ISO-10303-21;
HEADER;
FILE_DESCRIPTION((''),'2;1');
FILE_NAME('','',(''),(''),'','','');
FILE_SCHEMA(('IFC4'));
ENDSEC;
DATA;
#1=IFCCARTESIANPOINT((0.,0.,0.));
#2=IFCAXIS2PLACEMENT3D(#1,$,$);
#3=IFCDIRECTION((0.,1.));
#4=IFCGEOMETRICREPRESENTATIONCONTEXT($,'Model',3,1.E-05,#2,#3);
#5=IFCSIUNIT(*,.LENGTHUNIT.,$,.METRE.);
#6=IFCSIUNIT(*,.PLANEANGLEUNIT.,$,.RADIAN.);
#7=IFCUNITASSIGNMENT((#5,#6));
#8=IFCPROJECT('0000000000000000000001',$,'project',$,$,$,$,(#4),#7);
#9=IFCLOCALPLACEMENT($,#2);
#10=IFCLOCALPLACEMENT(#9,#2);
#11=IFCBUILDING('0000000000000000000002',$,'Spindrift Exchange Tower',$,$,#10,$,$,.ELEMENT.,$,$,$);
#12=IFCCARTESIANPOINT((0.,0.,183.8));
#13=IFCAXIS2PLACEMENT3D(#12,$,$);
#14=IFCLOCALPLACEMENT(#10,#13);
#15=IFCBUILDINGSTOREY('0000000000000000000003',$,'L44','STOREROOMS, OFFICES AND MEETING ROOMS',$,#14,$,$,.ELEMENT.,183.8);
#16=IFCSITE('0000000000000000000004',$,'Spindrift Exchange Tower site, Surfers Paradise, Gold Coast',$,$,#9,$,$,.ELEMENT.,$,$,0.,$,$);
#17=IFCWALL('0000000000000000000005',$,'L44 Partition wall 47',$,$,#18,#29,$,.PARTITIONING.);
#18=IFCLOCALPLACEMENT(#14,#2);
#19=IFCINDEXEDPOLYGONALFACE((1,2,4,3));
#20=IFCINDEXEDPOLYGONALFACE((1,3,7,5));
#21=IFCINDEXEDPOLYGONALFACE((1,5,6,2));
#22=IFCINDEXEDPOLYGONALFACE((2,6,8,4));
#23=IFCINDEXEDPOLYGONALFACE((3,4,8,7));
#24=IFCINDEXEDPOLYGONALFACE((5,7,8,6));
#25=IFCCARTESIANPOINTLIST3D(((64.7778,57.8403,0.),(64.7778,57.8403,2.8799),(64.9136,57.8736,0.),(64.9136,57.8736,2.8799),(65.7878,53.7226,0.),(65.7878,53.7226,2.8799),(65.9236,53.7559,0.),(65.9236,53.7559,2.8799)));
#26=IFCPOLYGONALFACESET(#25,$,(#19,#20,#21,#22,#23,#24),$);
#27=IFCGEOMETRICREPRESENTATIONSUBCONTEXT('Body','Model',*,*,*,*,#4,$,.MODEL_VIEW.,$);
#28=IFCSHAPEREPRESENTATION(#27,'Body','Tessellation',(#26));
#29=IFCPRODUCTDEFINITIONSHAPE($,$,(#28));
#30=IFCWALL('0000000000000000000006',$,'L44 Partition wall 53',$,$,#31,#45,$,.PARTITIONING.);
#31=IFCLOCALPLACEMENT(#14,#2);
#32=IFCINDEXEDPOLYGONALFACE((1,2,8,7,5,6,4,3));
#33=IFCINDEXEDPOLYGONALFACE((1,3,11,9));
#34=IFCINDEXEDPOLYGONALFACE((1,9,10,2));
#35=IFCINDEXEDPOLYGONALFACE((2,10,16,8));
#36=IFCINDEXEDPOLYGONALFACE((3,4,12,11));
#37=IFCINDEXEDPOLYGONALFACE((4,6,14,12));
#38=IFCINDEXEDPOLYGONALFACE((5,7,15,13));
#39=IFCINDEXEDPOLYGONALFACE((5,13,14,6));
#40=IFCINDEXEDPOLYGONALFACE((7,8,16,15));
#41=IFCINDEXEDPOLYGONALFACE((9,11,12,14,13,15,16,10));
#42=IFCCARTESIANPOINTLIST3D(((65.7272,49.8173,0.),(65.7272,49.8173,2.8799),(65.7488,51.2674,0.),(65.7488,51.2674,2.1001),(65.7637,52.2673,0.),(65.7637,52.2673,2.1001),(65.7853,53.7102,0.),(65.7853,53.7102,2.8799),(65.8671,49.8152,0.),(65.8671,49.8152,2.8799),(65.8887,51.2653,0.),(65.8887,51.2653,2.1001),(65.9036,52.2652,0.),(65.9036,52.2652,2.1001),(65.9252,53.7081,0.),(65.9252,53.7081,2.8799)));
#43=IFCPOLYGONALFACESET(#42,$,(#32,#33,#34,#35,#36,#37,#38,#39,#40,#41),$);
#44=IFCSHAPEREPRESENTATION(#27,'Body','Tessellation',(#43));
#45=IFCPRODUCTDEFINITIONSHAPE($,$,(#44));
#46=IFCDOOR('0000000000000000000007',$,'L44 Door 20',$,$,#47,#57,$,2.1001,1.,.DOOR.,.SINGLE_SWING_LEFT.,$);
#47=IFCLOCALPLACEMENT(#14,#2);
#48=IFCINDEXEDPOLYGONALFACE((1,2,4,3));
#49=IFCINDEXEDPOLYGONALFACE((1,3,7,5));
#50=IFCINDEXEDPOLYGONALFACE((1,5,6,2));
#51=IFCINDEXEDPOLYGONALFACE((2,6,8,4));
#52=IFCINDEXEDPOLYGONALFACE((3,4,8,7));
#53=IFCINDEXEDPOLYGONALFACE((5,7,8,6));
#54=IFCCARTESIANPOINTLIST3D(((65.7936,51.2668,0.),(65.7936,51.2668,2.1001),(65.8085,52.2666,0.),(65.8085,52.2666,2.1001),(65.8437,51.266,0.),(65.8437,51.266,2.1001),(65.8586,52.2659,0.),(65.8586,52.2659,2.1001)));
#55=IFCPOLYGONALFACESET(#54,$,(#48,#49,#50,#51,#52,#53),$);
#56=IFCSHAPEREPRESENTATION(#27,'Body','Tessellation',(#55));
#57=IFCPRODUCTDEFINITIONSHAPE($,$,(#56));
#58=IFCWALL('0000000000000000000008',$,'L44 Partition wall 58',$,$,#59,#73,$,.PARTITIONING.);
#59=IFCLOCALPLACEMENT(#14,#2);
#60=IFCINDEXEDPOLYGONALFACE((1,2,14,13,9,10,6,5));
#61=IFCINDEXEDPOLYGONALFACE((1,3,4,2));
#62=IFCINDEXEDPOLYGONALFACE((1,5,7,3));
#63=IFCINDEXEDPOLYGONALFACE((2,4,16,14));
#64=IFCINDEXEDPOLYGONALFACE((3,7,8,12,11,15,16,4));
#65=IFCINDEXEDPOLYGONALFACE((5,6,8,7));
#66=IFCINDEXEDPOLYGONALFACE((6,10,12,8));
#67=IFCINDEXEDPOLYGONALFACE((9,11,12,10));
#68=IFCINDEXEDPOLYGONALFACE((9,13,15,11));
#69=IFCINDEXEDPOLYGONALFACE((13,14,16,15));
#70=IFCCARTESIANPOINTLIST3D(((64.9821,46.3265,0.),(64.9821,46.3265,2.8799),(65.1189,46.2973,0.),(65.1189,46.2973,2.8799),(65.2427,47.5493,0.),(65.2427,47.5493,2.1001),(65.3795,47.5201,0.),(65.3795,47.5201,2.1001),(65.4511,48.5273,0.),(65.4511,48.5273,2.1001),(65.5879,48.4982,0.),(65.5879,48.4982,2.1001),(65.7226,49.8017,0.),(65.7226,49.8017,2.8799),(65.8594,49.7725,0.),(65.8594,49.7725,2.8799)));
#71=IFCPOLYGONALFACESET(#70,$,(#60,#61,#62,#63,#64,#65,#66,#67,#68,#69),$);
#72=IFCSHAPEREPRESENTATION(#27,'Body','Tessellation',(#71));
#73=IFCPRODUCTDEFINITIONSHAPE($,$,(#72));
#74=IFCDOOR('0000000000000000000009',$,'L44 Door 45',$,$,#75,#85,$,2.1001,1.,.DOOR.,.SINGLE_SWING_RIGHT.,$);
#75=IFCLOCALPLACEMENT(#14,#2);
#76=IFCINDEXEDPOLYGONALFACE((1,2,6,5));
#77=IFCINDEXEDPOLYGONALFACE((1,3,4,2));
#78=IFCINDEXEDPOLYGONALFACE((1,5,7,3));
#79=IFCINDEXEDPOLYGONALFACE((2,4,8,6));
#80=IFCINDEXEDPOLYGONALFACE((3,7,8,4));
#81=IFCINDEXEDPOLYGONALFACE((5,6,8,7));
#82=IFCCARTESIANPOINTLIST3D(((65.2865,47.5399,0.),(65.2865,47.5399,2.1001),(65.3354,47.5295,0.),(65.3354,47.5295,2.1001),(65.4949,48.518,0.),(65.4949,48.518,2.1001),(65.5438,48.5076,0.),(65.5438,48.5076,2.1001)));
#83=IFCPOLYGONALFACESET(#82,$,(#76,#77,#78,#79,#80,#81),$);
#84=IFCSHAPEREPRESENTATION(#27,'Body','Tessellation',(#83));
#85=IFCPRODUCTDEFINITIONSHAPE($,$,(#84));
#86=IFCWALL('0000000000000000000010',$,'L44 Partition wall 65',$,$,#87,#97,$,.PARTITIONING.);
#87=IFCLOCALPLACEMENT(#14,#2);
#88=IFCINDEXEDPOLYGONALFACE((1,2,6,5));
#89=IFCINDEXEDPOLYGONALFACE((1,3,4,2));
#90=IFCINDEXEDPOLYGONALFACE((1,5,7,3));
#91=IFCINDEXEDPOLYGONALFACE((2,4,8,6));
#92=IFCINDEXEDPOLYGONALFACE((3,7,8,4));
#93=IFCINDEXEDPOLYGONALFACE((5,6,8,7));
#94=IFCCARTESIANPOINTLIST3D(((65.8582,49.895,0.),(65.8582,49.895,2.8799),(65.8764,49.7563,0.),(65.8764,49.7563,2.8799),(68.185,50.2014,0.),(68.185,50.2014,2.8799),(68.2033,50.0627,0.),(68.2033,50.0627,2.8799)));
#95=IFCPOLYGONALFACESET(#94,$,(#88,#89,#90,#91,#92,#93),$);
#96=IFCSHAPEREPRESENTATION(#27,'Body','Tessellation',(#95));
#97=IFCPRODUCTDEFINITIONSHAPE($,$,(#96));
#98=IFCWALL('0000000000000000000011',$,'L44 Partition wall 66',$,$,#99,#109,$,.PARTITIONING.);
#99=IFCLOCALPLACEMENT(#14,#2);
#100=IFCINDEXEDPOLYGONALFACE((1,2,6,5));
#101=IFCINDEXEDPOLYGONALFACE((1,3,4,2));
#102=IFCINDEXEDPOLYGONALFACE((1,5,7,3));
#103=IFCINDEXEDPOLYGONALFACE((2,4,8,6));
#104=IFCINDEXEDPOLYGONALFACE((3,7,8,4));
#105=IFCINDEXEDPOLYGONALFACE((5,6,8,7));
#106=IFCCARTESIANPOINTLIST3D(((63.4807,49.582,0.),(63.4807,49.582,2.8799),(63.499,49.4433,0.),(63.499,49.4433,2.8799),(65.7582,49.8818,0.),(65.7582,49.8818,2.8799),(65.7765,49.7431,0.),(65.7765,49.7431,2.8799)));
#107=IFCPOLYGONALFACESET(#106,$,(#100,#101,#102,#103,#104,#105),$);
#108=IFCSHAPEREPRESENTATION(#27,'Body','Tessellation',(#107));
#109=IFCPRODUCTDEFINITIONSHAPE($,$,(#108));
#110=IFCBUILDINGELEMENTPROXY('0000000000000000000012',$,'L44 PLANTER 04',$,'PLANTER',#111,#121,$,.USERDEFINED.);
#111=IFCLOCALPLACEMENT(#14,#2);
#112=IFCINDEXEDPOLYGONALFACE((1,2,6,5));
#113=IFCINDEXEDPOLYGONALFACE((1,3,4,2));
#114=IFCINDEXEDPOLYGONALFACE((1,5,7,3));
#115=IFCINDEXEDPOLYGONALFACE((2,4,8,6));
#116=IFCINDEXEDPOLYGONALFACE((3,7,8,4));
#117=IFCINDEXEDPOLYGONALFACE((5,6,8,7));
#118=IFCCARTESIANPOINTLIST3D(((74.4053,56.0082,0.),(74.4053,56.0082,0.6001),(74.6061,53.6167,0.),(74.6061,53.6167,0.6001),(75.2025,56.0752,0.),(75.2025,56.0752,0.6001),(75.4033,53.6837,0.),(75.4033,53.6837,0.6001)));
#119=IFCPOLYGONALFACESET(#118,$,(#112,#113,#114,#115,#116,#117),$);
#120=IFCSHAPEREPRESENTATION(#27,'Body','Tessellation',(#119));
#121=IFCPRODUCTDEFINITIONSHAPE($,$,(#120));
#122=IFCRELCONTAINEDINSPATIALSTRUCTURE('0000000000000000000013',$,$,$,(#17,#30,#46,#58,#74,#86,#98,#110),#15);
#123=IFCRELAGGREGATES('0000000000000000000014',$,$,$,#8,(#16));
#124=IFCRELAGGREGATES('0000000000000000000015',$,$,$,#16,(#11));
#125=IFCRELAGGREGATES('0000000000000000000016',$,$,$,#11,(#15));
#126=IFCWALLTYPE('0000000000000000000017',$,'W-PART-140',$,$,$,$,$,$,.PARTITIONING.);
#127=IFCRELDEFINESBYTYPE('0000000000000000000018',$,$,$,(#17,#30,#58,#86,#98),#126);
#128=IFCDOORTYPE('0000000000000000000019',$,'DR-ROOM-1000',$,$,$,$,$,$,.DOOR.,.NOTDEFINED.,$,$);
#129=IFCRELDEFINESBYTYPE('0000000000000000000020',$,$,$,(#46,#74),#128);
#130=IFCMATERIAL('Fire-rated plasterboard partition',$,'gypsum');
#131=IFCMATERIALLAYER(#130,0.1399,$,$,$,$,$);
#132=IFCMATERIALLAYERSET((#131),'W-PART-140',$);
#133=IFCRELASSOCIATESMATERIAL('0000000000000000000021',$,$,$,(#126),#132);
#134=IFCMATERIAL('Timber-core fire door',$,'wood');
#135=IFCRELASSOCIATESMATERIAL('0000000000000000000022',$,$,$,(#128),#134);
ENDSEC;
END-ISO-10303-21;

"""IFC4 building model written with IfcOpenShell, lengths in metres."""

from ifc_helpers import new_model, si_unit, direction, frame, frame_2d, origin, origin_2d, place, context, subcontext, project, spatial, rectangle, extrude, source, transform, mapped, material, layer, layer_set, type_object, element, fill, save


model = new_model("IFC4")

# Units and contexts
model_context = context("Model", 3, precision=1e-05, world=origin(), true_north=direction((0.0, 1.0)))
body_context = subcontext(model_context, "Body", "Model", "MODEL_VIEW")
ifc_project = project(units=[si_unit("LENGTHUNIT", "METRE"), si_unit("PLANEANGLEUNIT", "RADIAN")], contexts=[model_context])

# Site, building, storey
site_placement = place(None, origin())
site = spatial("IfcSite", under=ifc_project, at=site_placement, Name="Spindrift Exchange Tower site, Surfers Paradise, Gold Coast", CompositionType="ELEMENT", RefElevation=0.0)
building_placement = place(site_placement, origin())
building = spatial("IfcBuilding", under=site, at=building_placement, Name="Spindrift Exchange Tower", CompositionType="ELEMENT")
storey_placement = place(building_placement, frame((0.0, 0.0, 183.8)))
storey = spatial("IfcBuildingStorey", under=building, at=storey_placement, Name="L44", Description="STOREROOMS, OFFICES AND MEETING ROOMS", CompositionType="ELEMENT", Elevation=183.8)

# Wall
ifc_material_1 = material(Name="Fire-rated plasterboard partition", Category="gypsum")
ifc_layer_1 = layer(ifc_material_1, 0.1399)
ifc_layer_set_1 = layer_set([ifc_layer_1], Name="W-PART-140")
wall_type_1 = type_object("IfcWallType", Name="W-PART-140", PredefinedType="PARTITIONING", material=ifc_layer_set_1)
wall_1_placement = place(storey_placement, frame((65.8557, 53.7393, 0.0), z_axis=(0.0, 0.0, 1.0), x_axis=(-0.238225, 0.97121, 0.0)))
element("IfcWall", 1, at=wall_1_placement, inside=storey, type_object=wall_type_1, Name="L44 Partition wall 47", PredefinedType="PARTITIONING", context=body_context, shape_type="SweptSolid", body=[
    extrude(rectangle(XDim=4.2397, YDim=0.1399, at=frame_2d((2.1199, 0.0))), origin(), (0.0, 0.0, 1.0), 2.8799),
])

# Walls, openings, doors
wall_2_placement = place(storey_placement, frame((65.8552, 53.7092, 0.0), z_axis=(0.0, 0.0, 1.0), x_axis=(-0.014925, -0.999889, 0.0)))
wall_2 = element("IfcWall", 2, at=wall_2_placement, inside=storey, type_object=wall_type_1, Name="L44 Partition wall 53", PredefinedType="PARTITIONING", context=body_context, shape_type="SweptSolid", body=[
    extrude(rectangle(XDim=3.8933, YDim=0.1399, at=frame_2d((1.9468, 0.0))), origin(), (0.0, 0.0, 1.0), 2.8799),
])
opening_1_placement = place(wall_2_placement, frame((1.4431, 0.0, 0.0)))
opening_1 = element("IfcOpeningElement", 3, at=opening_1_placement, cuts=wall_2, PredefinedType="OPENING", context=body_context, shape_type="SweptSolid", body=[
    extrude(rectangle(XDim=1.0, YDim=2.1001, at=frame_2d((0.5, 1.05))), frame((0.0, 0.0798, 0.0), z_axis=(0.0, -1.0, 0.0), x_axis=(1.0, 0.0, 0.0)), (0.0, 0.0, 1.0), 0.1599),
])
ifc_material_2 = material(Name="Timber-core fire door", Category="wood")
door_type_1 = type_object("IfcDoorType", Name="DR-ROOM-1000", OperationType="NOTDEFINED", PredefinedType="DOOR", material=ifc_material_2)
shared_shape_1 = source(origin(), body_context, "Body", "SweptSolid", [
    extrude(rectangle(XDim=1.0, YDim=2.1001, at=frame_2d((0.5, 1.05))), frame((0.0, 0.0249, 0.0), z_axis=(0.0, -1.0, 0.0), x_axis=(1.0, 0.0, 0.0)), (0.0, 0.0, 1.0), 0.05),
])
door_1_placement = place(opening_1_placement, origin())
door_1 = element("IfcDoor", 4, at=door_1_placement, inside=storey, type_object=door_type_1, Name="L44 Door 20", OperationType="SINGLE_SWING_LEFT", OverallHeight=2.1001, OverallWidth=1.0, PredefinedType="DOOR", context=body_context, shape_type="MappedRepresentation", body=[
    mapped(shared_shape_1, transform((0.0, 0.0, 0.0), scale=1.0)),
])
fill(opening_1, door_1)
wall_3_placement = place(storey_placement, frame((65.791, 49.7871, 0.0), z_axis=(0.0, 0.0, 1.0), x_axis=(-0.208403, -0.978043, 0.0)))
wall_3 = element("IfcWall", 5, at=wall_3_placement, inside=storey, type_object=wall_type_1, Name="L44 Partition wall 58", PredefinedType="PARTITIONING", context=body_context, shape_type="SweptSolid", body=[
    extrude(rectangle(XDim=3.5532, YDim=0.1399, at=frame_2d((1.7766, 0.0))), origin(), (0.0, 0.0, 1.0), 2.8799),
])
opening_2_placement = place(wall_3_placement, frame((1.303, 0.0, 0.0)))
opening_2 = element("IfcOpeningElement", 6, at=opening_2_placement, cuts=wall_3, PredefinedType="OPENING", context=body_context, shape_type="SweptSolid", body=[
    extrude(rectangle(XDim=1.0, YDim=2.1001, at=frame_2d((0.5, 1.05))), frame((0.0, 0.0798, 0.0), z_axis=(0.0, -1.0, 0.0), x_axis=(1.0, 0.0, 0.0)), (0.0, 0.0, 1.0), 0.1599),
])
door_2_placement = place(opening_2_placement, origin())
door_2 = element("IfcDoor", 7, at=door_2_placement, inside=storey, type_object=door_type_1, Name="L44 Door 45", OperationType="SINGLE_SWING_RIGHT", OverallHeight=2.1001, OverallWidth=1.0, PredefinedType="DOOR", context=body_context, shape_type="MappedRepresentation", body=[
    mapped(shared_shape_1, transform((0.0, 0.0, 0.0), scale=1.0)),
])
fill(opening_2, door_2)

# Walls
wall_4_placement = place(storey_placement, frame((65.8674, 49.8257, 0.0), z_axis=(0.0, 0.0, 1.0), x_axis=(0.991442, 0.130549, 0.0)))
element("IfcWall", 8, at=wall_4_placement, inside=storey, type_object=wall_type_1, Name="L44 Partition wall 65", PredefinedType="PARTITIONING", context=body_context, shape_type="SweptSolid", body=[
    extrude(rectangle(XDim=2.3469, YDim=0.1399, at=frame_2d((1.1733, 0.0))), origin(), (0.0, 0.0, 1.0), 2.8799),
])
wall_5_placement = place(storey_placement, frame((63.49, 49.5127, 0.0), z_axis=(0.0, 0.0, 1.0), x_axis=(0.991447, 0.130507, 0.0)))
element("IfcWall", 9, at=wall_5_placement, inside=storey, type_object=wall_type_1, Name="L44 Partition wall 66", PredefinedType="PARTITIONING", context=body_context, shape_type="SweptSolid", body=[
    extrude(rectangle(XDim=2.2971, YDim=0.1399, at=frame_2d((1.1484, 0.0))), origin(), (0.0, 0.0, 1.0), 2.8799),
])

# Building element proxy
shared_shape_2 = source(origin(), body_context, "Body", "SweptSolid", [
    extrude(rectangle(XDim=2.3999, YDim=0.8, at=origin_2d()), origin(), (0.0, 0.0, 1.0), 0.6001),
])
proxy_placement = place(storey_placement, frame((74.9043, 54.8459, 0.0), z_axis=(0.0, 0.0, 1.0), x_axis=(0.08369, -0.996492, 0.0)))
element("IfcBuildingElementProxy", 10, at=proxy_placement, inside=storey, Name="L44 PLANTER 04", ObjectType="PLANTER", PredefinedType="USERDEFINED", context=body_context, shape_type="MappedRepresentation", body=[
    mapped(shared_shape_2, transform((0.0, 0.0, 0.0), scale=1.0)),
])

save(model, "model.ifc")
